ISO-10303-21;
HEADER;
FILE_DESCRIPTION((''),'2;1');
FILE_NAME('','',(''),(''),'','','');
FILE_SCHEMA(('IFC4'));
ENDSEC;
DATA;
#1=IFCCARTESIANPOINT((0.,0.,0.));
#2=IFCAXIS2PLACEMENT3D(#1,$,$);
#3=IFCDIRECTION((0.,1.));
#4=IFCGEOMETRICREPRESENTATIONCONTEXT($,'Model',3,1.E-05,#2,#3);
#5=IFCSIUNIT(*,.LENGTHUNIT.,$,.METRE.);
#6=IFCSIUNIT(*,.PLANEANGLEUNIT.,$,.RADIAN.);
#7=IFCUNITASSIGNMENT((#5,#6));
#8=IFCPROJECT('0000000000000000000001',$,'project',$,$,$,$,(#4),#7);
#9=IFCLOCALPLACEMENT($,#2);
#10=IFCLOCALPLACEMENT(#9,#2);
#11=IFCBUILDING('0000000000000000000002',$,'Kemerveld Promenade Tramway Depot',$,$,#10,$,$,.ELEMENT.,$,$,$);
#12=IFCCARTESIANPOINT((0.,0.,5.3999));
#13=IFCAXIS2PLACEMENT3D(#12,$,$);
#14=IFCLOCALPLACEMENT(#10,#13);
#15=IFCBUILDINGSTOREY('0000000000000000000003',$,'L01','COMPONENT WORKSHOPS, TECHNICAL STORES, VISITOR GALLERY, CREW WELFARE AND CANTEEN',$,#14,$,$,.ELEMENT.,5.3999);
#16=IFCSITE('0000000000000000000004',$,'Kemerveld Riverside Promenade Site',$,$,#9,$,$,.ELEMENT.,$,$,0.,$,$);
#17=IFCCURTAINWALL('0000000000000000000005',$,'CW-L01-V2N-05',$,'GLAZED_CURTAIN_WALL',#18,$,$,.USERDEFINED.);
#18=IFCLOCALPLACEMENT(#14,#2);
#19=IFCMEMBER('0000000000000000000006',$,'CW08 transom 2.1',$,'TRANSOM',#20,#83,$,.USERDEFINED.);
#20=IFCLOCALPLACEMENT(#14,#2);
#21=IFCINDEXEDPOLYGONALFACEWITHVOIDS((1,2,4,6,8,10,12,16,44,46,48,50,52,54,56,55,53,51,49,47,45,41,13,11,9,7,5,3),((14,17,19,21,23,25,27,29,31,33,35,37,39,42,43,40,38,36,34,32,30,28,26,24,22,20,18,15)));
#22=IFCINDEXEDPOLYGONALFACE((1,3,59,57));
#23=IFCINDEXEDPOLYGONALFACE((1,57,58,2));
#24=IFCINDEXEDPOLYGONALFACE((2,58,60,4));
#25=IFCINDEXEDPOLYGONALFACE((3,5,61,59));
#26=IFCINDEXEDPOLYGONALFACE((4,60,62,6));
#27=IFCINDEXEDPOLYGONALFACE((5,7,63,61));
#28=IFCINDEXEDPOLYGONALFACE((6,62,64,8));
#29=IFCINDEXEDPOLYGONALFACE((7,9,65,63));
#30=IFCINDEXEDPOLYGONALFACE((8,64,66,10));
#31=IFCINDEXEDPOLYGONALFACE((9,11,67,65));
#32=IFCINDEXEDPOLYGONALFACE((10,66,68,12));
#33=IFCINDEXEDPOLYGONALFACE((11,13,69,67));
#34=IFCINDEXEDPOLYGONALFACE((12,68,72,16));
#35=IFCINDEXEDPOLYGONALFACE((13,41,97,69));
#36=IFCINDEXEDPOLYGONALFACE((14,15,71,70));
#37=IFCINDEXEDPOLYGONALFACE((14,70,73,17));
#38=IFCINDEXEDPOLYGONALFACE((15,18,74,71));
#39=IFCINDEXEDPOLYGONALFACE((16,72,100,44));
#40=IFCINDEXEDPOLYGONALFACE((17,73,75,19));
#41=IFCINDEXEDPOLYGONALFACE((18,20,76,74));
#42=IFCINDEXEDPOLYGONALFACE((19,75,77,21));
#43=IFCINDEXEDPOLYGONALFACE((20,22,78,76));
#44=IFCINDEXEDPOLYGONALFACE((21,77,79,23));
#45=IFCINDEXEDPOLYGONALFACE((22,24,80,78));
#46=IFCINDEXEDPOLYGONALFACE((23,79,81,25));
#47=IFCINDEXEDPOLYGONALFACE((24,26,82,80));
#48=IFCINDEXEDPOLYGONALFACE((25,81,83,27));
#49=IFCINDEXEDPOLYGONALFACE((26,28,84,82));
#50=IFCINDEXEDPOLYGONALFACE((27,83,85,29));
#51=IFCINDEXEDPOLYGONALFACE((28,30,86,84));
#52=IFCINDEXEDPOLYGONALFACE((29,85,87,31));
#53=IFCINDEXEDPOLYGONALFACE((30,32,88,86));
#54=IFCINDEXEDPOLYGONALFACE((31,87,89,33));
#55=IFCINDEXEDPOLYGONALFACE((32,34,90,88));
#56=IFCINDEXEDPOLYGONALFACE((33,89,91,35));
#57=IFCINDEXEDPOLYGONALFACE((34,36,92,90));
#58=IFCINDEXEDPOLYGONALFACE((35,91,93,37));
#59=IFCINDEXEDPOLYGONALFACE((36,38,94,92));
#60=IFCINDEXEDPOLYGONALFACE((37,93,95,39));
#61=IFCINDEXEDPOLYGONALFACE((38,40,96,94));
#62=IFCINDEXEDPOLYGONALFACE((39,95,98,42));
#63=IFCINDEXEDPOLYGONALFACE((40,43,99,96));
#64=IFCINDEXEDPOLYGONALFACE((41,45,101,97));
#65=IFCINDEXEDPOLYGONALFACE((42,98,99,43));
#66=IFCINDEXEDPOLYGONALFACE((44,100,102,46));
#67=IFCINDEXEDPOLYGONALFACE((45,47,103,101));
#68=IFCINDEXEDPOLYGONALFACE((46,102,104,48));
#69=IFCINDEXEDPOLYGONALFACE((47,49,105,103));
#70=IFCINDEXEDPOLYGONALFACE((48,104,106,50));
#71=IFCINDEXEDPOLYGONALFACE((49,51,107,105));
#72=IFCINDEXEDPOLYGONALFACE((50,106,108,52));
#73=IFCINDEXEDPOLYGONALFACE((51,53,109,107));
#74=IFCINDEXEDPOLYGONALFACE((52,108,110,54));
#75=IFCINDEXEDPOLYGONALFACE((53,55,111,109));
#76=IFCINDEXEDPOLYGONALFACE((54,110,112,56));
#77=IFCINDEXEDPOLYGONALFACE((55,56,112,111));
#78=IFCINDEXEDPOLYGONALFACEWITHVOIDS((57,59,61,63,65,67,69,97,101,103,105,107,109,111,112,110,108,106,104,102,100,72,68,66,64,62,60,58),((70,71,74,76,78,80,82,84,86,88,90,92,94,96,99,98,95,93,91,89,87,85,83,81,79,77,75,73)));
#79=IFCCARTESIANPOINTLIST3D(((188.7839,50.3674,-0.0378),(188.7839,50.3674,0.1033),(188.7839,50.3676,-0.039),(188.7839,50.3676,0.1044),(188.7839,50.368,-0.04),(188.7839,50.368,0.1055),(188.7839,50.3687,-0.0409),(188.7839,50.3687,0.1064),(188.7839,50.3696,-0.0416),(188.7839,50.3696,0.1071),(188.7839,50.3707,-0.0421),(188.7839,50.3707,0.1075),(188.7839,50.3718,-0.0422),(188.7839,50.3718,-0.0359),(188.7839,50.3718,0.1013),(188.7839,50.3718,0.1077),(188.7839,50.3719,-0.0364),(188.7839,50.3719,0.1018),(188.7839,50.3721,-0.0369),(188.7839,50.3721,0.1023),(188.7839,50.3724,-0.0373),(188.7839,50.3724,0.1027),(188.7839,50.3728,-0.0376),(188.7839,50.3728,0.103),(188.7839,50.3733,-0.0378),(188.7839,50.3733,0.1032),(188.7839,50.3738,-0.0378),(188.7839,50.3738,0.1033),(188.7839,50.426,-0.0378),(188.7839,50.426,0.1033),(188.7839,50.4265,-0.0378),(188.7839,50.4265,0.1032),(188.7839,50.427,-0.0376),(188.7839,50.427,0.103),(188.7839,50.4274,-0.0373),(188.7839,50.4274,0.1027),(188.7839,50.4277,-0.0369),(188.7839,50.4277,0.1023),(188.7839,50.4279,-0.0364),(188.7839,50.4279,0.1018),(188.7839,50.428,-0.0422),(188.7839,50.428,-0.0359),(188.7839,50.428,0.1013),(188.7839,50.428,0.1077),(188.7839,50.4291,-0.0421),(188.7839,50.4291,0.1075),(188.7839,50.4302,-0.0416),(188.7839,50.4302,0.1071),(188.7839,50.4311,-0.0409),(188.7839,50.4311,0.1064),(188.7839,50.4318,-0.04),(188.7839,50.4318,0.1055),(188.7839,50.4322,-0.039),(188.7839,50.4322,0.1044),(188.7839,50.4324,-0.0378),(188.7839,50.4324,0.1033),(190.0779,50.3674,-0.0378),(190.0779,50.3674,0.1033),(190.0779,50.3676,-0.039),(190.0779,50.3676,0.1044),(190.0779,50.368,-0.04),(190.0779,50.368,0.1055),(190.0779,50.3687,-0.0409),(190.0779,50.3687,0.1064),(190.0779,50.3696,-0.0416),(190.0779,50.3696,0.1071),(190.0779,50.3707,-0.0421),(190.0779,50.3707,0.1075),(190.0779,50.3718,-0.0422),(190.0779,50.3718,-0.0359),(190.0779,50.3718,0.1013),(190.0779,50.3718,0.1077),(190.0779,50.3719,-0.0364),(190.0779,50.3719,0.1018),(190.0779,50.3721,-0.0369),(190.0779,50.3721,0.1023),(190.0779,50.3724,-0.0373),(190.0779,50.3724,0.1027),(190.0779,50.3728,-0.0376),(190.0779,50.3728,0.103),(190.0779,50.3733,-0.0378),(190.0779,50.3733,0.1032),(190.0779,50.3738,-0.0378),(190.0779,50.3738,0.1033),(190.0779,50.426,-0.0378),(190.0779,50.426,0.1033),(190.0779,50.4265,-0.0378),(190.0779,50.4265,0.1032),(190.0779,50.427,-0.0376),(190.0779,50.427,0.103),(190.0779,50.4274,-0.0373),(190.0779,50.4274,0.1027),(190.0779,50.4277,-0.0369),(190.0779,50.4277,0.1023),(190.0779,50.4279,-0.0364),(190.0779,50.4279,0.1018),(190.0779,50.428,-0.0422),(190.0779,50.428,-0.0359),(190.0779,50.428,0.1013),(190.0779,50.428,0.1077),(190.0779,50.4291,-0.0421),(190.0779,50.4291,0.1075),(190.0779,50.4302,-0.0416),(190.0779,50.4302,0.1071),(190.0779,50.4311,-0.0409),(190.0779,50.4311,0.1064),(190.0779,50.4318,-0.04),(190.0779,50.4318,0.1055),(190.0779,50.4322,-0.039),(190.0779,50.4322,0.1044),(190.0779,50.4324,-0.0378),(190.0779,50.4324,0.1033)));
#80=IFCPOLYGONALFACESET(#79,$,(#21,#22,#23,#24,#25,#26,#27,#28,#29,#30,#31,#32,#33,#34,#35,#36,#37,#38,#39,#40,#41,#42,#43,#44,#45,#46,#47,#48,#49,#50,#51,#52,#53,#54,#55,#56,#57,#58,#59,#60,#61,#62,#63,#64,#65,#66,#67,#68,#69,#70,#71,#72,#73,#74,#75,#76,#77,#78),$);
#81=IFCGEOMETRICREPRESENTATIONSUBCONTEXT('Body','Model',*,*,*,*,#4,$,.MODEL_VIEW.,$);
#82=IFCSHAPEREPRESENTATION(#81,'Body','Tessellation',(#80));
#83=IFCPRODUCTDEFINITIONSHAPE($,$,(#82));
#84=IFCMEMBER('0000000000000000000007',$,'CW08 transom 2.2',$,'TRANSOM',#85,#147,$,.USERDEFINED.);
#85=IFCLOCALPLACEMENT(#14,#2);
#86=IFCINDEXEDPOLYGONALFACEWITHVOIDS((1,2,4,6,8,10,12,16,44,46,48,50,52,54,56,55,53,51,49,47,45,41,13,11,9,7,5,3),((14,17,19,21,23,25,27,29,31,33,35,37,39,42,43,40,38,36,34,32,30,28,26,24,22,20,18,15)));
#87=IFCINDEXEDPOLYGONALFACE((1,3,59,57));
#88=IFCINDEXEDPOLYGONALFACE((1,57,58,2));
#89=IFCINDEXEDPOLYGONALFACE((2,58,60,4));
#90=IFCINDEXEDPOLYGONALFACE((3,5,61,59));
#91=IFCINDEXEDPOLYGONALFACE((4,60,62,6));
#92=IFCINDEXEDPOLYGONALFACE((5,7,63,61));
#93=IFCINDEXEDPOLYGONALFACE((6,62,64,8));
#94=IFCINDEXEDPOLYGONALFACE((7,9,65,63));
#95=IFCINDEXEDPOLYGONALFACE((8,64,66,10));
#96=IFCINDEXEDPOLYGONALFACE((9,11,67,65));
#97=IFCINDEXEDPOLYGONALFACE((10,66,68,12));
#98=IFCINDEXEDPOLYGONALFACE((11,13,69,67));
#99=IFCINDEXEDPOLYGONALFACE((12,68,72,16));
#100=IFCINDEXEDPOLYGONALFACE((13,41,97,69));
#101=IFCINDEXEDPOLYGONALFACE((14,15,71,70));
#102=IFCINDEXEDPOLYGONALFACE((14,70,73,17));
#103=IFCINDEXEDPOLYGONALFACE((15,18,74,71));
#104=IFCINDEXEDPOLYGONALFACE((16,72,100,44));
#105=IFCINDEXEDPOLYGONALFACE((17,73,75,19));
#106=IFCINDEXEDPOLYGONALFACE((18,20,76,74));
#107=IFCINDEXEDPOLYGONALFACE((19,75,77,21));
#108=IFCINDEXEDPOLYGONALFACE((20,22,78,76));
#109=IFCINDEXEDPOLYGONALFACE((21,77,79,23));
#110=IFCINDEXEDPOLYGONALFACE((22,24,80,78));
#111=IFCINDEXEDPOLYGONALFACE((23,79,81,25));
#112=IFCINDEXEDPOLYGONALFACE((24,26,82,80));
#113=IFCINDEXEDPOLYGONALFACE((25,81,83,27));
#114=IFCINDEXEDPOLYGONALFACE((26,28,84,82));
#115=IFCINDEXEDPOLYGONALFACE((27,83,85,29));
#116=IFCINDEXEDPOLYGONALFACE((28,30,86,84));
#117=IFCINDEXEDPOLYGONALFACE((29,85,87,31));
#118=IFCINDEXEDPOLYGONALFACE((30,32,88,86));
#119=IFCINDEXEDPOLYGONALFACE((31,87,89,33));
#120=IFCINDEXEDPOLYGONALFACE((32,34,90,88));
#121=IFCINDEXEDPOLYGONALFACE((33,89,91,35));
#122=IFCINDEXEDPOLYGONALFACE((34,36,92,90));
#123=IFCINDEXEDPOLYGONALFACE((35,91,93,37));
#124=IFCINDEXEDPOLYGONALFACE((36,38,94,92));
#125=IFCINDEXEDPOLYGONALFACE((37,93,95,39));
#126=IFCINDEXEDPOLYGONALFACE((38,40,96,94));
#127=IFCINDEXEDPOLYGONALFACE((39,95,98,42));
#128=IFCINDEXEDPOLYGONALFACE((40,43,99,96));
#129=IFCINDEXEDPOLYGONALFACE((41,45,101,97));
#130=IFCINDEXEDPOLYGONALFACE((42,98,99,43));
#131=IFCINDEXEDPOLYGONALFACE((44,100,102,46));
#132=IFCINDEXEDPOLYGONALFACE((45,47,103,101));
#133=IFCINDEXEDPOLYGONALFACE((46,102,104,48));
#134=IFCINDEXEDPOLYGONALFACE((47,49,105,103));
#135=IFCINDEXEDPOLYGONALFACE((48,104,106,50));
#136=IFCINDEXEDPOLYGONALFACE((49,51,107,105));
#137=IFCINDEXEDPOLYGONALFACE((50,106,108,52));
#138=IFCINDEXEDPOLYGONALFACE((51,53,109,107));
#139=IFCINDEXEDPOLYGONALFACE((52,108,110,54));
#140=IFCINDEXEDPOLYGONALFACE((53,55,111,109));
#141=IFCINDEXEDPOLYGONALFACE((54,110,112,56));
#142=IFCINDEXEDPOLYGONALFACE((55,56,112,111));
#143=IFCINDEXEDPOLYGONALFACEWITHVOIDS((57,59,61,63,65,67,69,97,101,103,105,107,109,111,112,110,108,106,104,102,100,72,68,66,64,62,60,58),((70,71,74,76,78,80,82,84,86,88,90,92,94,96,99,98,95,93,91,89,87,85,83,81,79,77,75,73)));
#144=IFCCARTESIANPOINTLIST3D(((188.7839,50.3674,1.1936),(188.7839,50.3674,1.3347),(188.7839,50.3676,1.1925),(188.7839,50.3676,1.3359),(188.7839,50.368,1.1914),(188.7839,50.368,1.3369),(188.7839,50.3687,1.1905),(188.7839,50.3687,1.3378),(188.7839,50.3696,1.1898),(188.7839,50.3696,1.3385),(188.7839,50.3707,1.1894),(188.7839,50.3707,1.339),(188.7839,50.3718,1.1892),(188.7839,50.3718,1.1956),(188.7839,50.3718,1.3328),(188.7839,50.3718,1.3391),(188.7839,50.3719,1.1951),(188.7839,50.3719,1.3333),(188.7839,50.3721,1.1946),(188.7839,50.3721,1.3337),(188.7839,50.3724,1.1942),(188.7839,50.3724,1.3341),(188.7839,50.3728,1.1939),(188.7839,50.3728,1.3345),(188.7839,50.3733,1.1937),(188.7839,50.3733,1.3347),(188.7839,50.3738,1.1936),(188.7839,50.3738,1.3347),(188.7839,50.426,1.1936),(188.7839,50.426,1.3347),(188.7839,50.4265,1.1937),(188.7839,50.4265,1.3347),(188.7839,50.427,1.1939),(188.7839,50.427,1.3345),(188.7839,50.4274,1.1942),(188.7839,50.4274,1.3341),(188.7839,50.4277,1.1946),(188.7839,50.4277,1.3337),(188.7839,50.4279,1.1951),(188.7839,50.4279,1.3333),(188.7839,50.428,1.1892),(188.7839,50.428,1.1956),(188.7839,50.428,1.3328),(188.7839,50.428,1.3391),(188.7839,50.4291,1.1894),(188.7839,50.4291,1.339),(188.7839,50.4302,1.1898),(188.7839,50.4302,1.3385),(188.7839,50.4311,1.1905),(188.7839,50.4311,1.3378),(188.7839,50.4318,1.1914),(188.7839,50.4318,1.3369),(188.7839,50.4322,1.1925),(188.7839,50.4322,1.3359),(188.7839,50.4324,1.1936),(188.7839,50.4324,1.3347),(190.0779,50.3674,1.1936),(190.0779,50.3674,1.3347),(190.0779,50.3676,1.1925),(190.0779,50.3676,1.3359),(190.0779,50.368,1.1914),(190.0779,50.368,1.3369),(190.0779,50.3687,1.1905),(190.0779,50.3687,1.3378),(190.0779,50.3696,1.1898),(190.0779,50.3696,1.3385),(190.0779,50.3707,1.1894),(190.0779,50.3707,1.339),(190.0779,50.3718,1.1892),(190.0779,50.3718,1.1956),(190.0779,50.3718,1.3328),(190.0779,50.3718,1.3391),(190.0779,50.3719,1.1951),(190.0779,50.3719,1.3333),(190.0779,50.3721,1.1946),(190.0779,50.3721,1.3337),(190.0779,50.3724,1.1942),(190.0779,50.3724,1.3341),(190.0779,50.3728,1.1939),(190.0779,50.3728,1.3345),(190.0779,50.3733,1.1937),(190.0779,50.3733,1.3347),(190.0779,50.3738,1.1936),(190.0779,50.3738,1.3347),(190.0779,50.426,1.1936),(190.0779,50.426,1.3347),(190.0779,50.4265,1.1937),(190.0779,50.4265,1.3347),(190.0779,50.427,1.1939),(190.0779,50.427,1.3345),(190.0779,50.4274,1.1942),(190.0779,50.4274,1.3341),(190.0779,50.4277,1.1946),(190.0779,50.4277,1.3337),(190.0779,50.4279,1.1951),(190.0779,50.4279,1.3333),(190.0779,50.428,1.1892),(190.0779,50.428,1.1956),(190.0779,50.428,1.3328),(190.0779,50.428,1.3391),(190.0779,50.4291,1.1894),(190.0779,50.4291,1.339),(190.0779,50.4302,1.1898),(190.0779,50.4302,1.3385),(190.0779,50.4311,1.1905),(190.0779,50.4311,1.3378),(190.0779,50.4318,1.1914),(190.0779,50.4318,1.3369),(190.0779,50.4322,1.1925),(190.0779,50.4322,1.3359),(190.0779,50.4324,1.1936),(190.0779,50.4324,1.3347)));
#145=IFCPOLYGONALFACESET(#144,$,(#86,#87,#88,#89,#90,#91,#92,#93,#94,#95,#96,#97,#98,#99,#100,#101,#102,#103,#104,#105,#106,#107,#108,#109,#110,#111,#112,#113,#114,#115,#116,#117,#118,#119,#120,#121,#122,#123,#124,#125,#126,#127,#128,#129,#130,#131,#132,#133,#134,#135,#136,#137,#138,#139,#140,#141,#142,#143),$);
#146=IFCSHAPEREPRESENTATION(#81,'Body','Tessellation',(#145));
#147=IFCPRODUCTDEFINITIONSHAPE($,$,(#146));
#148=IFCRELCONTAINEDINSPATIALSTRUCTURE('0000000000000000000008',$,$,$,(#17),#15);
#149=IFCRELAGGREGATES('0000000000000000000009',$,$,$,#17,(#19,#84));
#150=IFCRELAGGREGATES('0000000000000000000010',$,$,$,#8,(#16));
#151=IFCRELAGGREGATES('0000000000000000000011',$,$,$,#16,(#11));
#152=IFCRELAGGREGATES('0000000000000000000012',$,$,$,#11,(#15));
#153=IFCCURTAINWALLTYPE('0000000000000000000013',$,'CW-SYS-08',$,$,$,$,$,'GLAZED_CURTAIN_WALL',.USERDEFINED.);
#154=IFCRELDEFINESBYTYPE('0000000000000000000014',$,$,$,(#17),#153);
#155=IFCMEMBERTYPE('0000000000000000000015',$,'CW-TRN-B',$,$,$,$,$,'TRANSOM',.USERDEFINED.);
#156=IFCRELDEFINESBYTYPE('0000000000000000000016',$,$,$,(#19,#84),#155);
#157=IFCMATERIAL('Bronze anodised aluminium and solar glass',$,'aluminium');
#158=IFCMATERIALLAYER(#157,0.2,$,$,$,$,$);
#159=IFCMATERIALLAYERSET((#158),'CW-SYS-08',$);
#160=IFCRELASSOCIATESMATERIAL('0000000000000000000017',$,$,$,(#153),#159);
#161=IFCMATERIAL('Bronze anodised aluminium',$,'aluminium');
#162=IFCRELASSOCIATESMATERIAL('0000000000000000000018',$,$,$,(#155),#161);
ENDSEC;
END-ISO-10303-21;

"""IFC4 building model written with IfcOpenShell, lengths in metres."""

from ifc_helpers import new_model, si_unit, direction, frame, origin, origin_2d, place, context, subcontext, project, spatial, hollow_rectangle, extrude, material, layer, layer_set, material_profile, profile_set, type_object, element, aggregate, save


model = new_model("IFC4")

# Units and contexts
model_context = context("Model", 3, precision=1e-05, world=origin(), true_north=direction((0.0, 1.0)))
body_context = subcontext(model_context, "Body", "Model", "MODEL_VIEW")
ifc_project = project(units=[si_unit("LENGTHUNIT", "METRE"), si_unit("PLANEANGLEUNIT", "RADIAN")], contexts=[model_context])

# Site, building, storey
site_placement = place(None, origin())
site = spatial("IfcSite", under=ifc_project, at=site_placement, Name="Kemerveld Riverside Promenade Site", CompositionType="ELEMENT", RefElevation=0.0)
building_placement = place(site_placement, origin())
building = spatial("IfcBuilding", under=site, at=building_placement, Name="Kemerveld Promenade Tramway Depot", CompositionType="ELEMENT")
storey_placement = place(building_placement, frame((0.0, 0.0, 5.3999)))
storey = spatial("IfcBuildingStorey", under=building, at=storey_placement, Name="L01", Description="COMPONENT WORKSHOPS, TECHNICAL STORES, VISITOR GALLERY, CREW WELFARE AND CANTEEN", CompositionType="ELEMENT", Elevation=5.3999)

# Curtain wall
ifc_material_1 = material(Name="Bronze anodised aluminium and solar glass", Category="aluminium")
ifc_material_2 = material(Name="Bronze anodised aluminium", Category="aluminium")
ifc_layer_1 = layer(ifc_material_1, 0.2)
ifc_layer_set_1 = layer_set([ifc_layer_1], Name="CW-SYS-08")
curtain_wall_type_1 = type_object("IfcCurtainWallType", Name="CW-SYS-08", ElementType="GLAZED_CURTAIN_WALL", PredefinedType="USERDEFINED", material=ifc_layer_set_1)
curtain_wall_1_placement = place(storey_placement, origin())
curtain_wall_1 = element("IfcCurtainWall", 1, at=curtain_wall_1_placement, inside=storey, type_object=curtain_wall_type_1, Name="CW-L01-V2N-05", ObjectType="GLAZED_CURTAIN_WALL", PredefinedType="USERDEFINED")

# Members
ifc_material_profile_1 = material_profile(ifc_material_2, hollow_rectangle(XDim=0.0649, YDim=0.1499, WallThickness=0.0044, InnerFilletRadius=0.002, OuterFilletRadius=0.0044, at=origin_2d()), Name="CW-TRN-150x65")
ifc_profile_set_1 = profile_set([ifc_material_profile_1], Name="Bronze anodised aluminium")
member_type_1 = type_object("IfcMemberType", Name="CW-TRN-B", ElementType="TRANSOM", PredefinedType="USERDEFINED", material=ifc_profile_set_1)
member_1_placement = place(storey_placement, frame((188.7839, 50.3999, 0.0327), z_axis=(1.0, 0.0, 0.0), x_axis=(0.0, 1.0, 0.0)))
member_1 = element("IfcMember", 2, at=member_1_placement, type_object=member_type_1, Name="CW08 transom 2.1", ObjectType="TRANSOM", PredefinedType="USERDEFINED", context=body_context, shape_type="SweptSolid", body=[
    extrude(hollow_rectangle(XDim=0.0649, YDim=0.1499, WallThickness=0.0044, InnerFilletRadius=0.002, OuterFilletRadius=0.0044, at=origin_2d()), origin(), (0.0, 0.0, 1.0), 1.2939),
])
member_2_placement = place(storey_placement, frame((188.7839, 50.3999, 1.2642), z_axis=(1.0, 0.0, 0.0), x_axis=(0.0, 1.0, 0.0)))
member_2 = element("IfcMember", 3, at=member_2_placement, type_object=member_type_1, Name="CW08 transom 2.2", ObjectType="TRANSOM", PredefinedType="USERDEFINED", context=body_context, shape_type="SweptSolid", body=[
    extrude(hollow_rectangle(XDim=0.0649, YDim=0.1499, WallThickness=0.0044, InnerFilletRadius=0.002, OuterFilletRadius=0.0044, at=origin_2d()), origin(), (0.0, 0.0, 1.0), 1.2939),
])

aggregate(curtain_wall_1, [member_1, member_2])

save(model, "model.ifc")
